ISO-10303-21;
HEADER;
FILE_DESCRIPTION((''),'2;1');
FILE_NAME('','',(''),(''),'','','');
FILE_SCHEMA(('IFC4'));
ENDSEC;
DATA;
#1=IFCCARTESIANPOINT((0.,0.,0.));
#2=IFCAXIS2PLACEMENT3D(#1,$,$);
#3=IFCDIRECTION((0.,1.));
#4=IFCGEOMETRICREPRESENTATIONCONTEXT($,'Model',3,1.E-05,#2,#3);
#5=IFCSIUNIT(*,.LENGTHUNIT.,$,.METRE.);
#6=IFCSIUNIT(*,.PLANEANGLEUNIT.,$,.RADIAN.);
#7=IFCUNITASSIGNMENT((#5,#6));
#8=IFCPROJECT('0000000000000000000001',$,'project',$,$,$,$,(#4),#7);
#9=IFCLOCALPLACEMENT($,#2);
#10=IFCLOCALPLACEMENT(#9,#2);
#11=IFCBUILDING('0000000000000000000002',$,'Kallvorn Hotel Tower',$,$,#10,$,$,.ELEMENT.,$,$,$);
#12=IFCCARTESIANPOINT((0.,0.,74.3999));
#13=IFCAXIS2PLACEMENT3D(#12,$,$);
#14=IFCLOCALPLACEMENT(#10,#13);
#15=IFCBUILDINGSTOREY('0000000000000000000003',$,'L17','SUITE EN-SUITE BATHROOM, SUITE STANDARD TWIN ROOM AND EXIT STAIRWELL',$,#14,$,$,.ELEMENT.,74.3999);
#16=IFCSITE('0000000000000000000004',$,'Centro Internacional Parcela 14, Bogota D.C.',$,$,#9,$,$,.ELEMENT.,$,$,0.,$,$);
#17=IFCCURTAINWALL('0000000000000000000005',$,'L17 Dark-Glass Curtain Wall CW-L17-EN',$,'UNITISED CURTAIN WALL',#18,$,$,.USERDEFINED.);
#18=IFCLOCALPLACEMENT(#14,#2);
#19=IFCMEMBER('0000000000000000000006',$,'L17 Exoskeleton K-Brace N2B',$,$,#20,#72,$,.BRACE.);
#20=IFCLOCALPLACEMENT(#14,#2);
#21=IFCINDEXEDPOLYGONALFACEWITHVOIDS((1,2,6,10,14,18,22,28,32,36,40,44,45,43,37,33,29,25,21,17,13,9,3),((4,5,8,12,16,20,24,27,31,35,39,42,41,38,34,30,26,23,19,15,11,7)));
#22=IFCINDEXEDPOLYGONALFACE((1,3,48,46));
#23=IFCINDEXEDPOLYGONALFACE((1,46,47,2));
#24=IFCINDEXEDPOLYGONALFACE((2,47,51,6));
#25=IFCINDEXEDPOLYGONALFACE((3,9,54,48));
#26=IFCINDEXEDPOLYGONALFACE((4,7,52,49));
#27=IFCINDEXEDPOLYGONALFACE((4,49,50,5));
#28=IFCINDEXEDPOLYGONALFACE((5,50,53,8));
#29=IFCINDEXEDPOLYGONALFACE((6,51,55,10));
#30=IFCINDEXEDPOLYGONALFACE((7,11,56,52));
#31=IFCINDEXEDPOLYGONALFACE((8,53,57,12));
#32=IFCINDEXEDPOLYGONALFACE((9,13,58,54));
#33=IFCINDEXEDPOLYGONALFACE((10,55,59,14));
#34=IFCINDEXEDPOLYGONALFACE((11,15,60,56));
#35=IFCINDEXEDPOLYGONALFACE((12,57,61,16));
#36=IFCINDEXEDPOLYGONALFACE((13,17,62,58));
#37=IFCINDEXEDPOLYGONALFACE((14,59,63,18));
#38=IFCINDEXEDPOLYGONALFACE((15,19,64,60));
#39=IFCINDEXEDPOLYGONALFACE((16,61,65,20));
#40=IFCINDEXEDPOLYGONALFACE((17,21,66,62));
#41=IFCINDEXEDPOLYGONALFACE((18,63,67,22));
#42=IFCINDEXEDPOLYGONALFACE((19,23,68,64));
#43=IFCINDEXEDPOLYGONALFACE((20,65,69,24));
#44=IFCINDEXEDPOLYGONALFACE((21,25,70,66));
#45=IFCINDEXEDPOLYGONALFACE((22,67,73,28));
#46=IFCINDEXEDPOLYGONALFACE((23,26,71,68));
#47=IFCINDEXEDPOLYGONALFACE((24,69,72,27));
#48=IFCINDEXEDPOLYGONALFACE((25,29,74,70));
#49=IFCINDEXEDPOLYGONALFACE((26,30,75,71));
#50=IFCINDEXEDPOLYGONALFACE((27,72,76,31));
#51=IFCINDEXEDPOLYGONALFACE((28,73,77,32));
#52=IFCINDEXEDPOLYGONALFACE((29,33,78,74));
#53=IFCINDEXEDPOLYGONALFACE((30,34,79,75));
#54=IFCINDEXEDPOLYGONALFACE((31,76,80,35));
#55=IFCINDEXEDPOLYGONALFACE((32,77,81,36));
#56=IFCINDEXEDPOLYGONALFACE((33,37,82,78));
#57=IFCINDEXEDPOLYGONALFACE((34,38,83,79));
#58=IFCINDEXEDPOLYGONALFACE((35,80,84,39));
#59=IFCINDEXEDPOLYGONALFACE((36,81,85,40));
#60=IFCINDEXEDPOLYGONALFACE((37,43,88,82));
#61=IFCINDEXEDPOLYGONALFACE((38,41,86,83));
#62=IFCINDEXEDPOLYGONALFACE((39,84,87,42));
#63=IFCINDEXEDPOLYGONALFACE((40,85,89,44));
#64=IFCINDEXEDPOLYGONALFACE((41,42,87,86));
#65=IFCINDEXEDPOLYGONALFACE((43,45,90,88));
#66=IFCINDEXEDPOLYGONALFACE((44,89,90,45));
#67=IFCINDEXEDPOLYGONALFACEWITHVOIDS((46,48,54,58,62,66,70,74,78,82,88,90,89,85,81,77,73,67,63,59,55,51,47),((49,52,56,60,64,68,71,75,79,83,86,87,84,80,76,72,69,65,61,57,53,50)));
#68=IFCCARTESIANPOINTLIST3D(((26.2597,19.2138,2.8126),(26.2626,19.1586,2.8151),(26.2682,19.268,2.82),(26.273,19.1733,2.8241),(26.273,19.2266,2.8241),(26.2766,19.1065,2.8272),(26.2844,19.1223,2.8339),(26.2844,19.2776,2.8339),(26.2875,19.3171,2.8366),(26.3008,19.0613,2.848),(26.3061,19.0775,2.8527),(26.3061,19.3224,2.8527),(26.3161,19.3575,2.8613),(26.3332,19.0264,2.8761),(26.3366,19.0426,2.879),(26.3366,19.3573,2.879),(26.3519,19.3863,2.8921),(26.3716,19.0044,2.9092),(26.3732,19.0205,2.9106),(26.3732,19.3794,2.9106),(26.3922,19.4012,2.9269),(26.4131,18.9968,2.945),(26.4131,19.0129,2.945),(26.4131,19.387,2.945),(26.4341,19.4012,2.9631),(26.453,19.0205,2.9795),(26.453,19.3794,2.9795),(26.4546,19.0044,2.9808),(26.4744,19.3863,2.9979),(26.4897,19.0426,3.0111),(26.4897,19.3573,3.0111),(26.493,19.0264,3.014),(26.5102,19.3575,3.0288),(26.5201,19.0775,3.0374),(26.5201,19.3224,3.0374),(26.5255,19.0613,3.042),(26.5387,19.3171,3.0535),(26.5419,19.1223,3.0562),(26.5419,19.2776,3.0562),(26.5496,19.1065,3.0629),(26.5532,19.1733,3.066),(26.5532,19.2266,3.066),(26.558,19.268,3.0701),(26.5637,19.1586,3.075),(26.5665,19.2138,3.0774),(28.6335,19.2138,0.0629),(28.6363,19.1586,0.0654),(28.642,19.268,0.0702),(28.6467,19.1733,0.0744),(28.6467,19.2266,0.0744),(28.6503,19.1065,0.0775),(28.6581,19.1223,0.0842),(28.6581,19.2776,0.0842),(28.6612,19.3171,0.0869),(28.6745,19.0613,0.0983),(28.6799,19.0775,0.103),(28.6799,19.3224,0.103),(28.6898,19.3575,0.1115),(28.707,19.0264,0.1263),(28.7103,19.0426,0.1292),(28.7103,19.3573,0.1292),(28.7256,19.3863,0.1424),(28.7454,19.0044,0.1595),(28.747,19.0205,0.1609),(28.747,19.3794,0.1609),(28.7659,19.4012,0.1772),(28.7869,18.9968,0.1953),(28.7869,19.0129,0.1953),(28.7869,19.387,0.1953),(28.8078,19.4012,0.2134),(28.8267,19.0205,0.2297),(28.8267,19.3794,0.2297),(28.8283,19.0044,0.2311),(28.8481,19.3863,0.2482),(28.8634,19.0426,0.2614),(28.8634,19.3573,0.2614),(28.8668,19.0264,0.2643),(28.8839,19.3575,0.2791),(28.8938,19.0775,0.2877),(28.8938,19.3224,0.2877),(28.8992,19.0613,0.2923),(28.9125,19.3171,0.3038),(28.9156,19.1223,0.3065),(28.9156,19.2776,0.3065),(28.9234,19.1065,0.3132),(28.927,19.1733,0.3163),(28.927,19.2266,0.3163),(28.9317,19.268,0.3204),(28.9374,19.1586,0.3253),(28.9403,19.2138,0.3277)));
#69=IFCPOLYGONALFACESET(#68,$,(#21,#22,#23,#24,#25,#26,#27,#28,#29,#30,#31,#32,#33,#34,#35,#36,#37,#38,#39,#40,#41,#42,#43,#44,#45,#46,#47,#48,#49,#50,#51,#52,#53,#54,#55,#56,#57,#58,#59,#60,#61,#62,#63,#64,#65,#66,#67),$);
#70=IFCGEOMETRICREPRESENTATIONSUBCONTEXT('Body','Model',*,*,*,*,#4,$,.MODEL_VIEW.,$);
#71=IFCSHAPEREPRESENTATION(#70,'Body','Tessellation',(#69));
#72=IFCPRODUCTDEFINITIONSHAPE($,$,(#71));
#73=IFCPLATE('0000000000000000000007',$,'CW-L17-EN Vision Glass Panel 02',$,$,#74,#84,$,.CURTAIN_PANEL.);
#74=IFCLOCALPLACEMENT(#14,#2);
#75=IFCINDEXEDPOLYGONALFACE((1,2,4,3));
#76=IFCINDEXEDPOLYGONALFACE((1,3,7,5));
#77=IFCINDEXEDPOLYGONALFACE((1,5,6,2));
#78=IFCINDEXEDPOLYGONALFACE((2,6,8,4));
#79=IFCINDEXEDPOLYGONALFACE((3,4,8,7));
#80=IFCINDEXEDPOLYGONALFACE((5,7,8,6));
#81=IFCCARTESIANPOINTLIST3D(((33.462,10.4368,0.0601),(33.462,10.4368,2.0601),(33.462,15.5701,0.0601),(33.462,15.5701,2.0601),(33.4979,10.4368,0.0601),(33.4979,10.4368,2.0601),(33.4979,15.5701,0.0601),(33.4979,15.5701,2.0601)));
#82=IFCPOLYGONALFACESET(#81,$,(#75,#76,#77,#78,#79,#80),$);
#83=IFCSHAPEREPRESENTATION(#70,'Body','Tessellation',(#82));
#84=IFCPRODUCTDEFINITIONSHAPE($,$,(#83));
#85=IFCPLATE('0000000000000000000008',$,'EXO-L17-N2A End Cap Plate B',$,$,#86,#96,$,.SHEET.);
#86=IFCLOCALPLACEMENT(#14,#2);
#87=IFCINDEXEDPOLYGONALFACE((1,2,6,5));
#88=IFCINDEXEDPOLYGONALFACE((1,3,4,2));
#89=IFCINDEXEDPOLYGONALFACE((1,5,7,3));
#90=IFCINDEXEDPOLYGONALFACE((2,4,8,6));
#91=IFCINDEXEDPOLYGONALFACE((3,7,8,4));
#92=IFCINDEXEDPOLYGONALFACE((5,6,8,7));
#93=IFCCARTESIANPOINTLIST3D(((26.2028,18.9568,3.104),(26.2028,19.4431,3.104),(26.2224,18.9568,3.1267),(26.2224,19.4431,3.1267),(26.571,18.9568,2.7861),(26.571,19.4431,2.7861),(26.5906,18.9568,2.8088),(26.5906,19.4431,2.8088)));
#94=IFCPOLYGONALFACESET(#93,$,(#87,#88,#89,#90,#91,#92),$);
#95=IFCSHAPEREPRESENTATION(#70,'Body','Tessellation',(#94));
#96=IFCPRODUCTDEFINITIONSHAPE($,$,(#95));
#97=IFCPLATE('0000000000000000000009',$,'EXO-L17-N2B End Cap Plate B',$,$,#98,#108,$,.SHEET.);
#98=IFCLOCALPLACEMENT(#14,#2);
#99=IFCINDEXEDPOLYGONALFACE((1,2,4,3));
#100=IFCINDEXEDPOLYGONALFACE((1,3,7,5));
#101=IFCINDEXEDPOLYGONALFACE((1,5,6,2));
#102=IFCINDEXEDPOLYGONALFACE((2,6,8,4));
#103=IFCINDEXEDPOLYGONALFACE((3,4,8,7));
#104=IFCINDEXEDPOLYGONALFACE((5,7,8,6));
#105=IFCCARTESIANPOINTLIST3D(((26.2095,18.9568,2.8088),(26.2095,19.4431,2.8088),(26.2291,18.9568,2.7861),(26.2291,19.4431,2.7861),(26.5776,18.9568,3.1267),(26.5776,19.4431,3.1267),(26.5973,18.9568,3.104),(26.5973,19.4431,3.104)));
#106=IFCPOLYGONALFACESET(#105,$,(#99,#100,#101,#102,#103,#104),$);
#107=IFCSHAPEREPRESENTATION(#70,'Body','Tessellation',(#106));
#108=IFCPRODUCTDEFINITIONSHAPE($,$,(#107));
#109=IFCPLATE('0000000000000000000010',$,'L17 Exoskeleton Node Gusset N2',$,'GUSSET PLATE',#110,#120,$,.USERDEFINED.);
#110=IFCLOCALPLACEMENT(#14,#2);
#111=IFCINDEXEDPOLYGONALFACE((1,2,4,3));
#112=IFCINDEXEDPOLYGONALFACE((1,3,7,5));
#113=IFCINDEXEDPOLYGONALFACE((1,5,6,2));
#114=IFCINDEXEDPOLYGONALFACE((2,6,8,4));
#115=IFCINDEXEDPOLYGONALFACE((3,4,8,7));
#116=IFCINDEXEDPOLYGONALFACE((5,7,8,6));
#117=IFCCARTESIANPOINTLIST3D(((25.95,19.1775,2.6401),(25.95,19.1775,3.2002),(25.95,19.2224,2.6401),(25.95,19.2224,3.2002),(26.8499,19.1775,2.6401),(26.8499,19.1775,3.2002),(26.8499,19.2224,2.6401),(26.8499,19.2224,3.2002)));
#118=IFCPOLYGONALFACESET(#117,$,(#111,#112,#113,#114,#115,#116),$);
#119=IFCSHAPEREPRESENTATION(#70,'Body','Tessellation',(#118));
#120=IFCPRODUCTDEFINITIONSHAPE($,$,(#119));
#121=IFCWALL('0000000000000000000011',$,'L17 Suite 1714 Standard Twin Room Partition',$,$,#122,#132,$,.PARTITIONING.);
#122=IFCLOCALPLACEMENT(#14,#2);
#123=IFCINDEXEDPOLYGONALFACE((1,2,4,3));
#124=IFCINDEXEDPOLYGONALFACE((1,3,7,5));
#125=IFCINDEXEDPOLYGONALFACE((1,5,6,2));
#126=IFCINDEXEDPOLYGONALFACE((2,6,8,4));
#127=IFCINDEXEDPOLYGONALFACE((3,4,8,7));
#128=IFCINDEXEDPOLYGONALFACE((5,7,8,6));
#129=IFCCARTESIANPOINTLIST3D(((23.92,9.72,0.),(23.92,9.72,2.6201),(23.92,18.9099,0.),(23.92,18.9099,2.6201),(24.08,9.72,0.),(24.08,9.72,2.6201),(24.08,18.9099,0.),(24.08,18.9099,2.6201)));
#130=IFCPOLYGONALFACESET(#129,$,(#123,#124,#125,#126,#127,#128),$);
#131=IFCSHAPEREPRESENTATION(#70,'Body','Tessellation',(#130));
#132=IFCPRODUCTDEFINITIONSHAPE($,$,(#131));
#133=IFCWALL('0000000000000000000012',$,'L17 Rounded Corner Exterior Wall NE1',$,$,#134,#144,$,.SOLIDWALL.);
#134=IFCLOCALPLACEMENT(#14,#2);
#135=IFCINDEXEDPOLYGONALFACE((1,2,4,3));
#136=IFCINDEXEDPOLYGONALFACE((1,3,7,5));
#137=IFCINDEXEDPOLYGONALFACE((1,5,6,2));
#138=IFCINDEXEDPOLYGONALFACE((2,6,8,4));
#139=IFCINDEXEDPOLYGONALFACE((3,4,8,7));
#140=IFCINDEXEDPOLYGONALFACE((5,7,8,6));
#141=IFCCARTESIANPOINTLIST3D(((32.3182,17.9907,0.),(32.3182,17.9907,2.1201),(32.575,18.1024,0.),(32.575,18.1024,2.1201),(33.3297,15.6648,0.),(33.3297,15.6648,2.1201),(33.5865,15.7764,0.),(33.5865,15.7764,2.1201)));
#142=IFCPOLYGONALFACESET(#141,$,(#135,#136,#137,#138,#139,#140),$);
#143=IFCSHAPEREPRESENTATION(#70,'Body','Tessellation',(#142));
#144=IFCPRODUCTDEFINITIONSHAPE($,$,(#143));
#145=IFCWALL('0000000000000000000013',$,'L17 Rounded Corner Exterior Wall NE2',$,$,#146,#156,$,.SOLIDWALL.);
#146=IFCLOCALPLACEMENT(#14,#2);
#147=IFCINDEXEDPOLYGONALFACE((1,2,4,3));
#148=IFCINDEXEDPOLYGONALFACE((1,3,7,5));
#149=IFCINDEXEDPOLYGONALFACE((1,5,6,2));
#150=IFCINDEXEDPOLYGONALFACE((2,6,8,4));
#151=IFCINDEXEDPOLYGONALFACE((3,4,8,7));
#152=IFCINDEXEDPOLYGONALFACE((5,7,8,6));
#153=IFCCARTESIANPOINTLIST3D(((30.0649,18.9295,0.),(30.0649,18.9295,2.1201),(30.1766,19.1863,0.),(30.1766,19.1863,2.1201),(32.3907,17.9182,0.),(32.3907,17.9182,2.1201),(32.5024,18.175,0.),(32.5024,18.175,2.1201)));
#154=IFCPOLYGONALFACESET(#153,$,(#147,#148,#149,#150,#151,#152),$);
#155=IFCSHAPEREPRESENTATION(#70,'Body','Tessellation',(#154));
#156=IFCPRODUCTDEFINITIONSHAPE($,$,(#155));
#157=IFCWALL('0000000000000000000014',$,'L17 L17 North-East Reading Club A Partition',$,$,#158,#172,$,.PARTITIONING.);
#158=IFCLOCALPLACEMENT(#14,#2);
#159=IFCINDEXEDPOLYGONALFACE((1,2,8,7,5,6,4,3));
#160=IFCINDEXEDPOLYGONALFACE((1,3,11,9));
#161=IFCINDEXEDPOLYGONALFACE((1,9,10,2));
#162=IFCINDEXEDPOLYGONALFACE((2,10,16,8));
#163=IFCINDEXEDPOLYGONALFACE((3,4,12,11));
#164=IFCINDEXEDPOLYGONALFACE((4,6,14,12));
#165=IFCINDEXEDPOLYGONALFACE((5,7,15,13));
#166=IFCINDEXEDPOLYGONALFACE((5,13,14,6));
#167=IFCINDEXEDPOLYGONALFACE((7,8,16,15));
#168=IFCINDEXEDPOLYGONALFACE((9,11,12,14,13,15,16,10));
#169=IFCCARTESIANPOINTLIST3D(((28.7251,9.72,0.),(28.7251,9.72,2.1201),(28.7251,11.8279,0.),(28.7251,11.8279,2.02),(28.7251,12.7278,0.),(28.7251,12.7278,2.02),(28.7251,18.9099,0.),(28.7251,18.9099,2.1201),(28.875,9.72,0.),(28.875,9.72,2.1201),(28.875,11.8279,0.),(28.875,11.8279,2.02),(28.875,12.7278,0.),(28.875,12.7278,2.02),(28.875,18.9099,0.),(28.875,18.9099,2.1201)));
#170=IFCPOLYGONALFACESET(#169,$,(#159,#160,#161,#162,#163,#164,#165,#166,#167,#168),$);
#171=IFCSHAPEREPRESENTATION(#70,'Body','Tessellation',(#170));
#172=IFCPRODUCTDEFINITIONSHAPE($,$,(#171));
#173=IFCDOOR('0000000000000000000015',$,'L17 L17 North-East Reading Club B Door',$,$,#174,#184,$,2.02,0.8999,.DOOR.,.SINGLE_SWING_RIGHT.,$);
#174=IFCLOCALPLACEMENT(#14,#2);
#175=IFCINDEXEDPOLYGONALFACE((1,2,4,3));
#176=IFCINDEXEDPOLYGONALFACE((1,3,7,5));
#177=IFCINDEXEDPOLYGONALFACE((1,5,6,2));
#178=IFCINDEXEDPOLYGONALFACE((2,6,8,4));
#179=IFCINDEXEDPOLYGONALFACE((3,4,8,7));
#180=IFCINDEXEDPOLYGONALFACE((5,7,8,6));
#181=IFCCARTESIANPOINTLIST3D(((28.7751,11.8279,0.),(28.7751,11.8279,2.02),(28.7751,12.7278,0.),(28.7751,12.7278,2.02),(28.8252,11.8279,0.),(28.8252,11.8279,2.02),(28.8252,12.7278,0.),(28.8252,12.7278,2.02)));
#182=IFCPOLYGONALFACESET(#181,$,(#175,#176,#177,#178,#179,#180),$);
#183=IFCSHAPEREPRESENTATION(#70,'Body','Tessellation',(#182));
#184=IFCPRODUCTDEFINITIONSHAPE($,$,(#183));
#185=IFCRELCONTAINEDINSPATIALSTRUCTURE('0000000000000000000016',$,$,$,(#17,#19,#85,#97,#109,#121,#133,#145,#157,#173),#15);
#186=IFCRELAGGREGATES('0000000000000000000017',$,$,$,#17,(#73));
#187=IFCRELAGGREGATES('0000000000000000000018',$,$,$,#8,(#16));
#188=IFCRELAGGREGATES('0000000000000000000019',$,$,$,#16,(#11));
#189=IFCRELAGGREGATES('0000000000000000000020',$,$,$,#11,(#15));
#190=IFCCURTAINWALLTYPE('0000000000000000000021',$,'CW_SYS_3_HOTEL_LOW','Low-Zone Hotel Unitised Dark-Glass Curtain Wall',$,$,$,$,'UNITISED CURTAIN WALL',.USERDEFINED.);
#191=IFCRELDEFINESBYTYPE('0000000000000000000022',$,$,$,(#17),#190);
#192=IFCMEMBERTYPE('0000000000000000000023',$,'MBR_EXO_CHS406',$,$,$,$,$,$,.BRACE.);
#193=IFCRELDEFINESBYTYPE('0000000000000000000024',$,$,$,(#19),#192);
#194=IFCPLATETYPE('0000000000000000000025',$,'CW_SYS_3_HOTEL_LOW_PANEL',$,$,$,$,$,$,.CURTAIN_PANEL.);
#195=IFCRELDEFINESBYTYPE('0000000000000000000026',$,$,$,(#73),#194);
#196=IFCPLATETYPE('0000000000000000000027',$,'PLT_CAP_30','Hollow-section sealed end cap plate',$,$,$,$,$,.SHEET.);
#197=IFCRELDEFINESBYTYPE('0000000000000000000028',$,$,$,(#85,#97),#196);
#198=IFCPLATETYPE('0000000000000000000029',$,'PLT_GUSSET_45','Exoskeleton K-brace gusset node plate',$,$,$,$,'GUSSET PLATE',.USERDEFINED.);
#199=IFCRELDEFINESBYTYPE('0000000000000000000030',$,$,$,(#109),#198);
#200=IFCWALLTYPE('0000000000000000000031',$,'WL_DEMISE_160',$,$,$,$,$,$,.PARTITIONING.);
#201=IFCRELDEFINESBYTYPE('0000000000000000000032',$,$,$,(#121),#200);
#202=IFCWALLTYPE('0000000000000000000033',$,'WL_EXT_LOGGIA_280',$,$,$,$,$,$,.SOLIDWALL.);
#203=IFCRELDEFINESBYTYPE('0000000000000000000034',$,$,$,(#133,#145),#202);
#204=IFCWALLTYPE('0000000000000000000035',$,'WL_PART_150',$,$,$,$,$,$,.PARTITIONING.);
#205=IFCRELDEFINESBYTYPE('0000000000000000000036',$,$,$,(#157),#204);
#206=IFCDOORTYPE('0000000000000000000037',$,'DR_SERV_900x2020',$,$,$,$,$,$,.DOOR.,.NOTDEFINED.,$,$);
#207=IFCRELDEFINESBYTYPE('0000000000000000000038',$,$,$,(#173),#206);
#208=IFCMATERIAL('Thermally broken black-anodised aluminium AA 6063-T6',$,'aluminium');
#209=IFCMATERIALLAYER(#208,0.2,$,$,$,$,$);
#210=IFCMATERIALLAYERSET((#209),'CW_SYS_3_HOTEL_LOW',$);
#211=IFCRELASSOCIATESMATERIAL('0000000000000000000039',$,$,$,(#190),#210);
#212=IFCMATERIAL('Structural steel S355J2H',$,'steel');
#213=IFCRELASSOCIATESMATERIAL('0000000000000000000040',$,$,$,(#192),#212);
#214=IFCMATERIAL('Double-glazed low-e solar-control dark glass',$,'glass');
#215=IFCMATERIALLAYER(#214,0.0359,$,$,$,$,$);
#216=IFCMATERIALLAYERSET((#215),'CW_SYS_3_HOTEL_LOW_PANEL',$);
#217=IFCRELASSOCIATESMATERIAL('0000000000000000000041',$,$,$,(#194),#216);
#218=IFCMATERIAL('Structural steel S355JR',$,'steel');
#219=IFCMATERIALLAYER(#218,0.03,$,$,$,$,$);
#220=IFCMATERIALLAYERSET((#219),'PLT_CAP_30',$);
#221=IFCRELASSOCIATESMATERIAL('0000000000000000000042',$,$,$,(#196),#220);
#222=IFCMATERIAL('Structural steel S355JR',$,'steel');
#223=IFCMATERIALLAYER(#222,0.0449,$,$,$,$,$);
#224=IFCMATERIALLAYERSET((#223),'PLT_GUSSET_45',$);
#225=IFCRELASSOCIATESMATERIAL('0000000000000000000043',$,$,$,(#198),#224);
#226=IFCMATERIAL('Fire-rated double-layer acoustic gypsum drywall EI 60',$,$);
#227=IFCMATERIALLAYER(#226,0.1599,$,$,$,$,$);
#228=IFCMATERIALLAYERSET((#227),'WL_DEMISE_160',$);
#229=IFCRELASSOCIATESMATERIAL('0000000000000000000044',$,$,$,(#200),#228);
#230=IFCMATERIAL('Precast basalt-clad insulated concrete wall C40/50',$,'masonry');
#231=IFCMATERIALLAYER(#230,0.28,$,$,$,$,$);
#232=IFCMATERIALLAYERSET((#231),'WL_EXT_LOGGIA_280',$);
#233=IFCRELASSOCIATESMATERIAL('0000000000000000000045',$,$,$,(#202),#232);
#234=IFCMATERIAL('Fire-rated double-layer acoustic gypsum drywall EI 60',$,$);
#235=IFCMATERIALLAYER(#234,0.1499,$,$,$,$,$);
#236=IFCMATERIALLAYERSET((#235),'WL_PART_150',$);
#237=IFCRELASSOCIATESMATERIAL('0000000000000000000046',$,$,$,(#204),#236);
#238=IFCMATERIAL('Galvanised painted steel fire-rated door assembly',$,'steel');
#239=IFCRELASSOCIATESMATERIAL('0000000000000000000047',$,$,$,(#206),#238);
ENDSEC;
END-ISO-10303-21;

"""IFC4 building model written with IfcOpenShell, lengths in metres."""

from ifc_helpers import new_model, si_unit, direction, frame, frame_2d, origin, origin_2d, place, context, subcontext, project, spatial, polyline, rectangle, hollow_circle, outline, extrude, material, layer, layer_set, material_profile, profile_set, type_object, element, fill, aggregate, save


model = new_model("IFC4")

# Units and contexts
model_context = context("Model", 3, precision=1e-05, world=origin(), true_north=direction((0.0, 1.0)))
body_context = subcontext(model_context, "Body", "Model", "MODEL_VIEW")
ifc_project = project(units=[si_unit("LENGTHUNIT", "METRE"), si_unit("PLANEANGLEUNIT", "RADIAN")], contexts=[model_context])

# Site, building, storey
site_placement = place(None, origin())
site = spatial("IfcSite", under=ifc_project, at=site_placement, Name="Centro Internacional Parcela 14, Bogota D.C.", CompositionType="ELEMENT", RefElevation=0.0)
building_placement = place(site_placement, origin())
building = spatial("IfcBuilding", under=site, at=building_placement, Name="Kallvorn Hotel Tower", CompositionType="ELEMENT")
storey_placement = place(building_placement, frame((0.0, 0.0, 74.3999)))
storey = spatial("IfcBuildingStorey", under=building, at=storey_placement, Name="L17", Description="SUITE EN-SUITE BATHROOM, SUITE STANDARD TWIN ROOM AND EXIT STAIRWELL", CompositionType="ELEMENT", Elevation=74.3999)

# Curtain wall
ifc_material_1 = material(Name="Thermally broken black-anodised aluminium AA 6063-T6", Category="aluminium")
ifc_layer_1 = layer(ifc_material_1, 0.2)
ifc_layer_set_1 = layer_set([ifc_layer_1], Name="CW_SYS_3_HOTEL_LOW")
curtain_wall_type = type_object("IfcCurtainWallType", Name="CW_SYS_3_HOTEL_LOW", Description="Low-Zone Hotel Unitised Dark-Glass Curtain Wall", ElementType="UNITISED CURTAIN WALL", PredefinedType="USERDEFINED", material=ifc_layer_set_1)
curtain_wall_placement = place(storey_placement, origin())
curtain_wall = element("IfcCurtainWall", 1, at=curtain_wall_placement, inside=storey, type_object=curtain_wall_type, Name="L17 Dark-Glass Curtain Wall CW-L17-EN", ObjectType="UNITISED CURTAIN WALL", PredefinedType="USERDEFINED")

# Member
ifc_material_2 = material(Name="Structural steel S355J2H", Category="steel")
ifc_material_profile_1 = material_profile(ifc_material_2, hollow_circle(Radius=0.2031, WallThickness=0.0161, at=origin_2d()), Name="CHS 406.4x16")
ifc_profile_set_1 = profile_set([ifc_material_profile_1], Name="Structural steel S355J2H")
member_type_1 = type_object("IfcMemberType", Name="MBR_EXO_CHS406", PredefinedType="BRACE", material=ifc_profile_set_1)
for number, where, z_axis, x_axis, name in (
    (2, (28.7869, 19.2, 0.1953), (-0.653461, 0.0, 0.756961), (0.0, -1.0, 0.0), "L17 Exoskeleton K-Brace N2B"),
):
    element("IfcMember", number, at=place(storey_placement, frame(where, z_axis=z_axis, x_axis=x_axis)), inside=storey, type_object=member_type_1, Name=name, PredefinedType="BRACE", context=body_context, shape_type="SweptSolid", body=[
        extrude(hollow_circle(Radius=0.2031, WallThickness=0.0161, at=origin_2d()), origin(), (0.0, 0.0, 1.0), 3.6326),
    ])

# Plate
ifc_material_3 = material(Name="Double-glazed low-e solar-control dark glass", Category="glass")
ifc_layer_2 = layer(ifc_material_3, 0.0359)
ifc_layer_set_2 = layer_set([ifc_layer_2], Name="CW_SYS_3_HOTEL_LOW_PANEL")
plate_type_1 = type_object("IfcPlateType", Name="CW_SYS_3_HOTEL_LOW_PANEL", PredefinedType="CURTAIN_PANEL", material=ifc_layer_set_2)
plate_1_placement = place(storey_placement, frame((33.48, 13.0034, 0.0601), z_axis=(0.0, 0.0, 1.0), x_axis=(0.0, 1.0, 0.0)))
plate_1 = element("IfcPlate", 3, at=plate_1_placement, type_object=plate_type_1, Name="CW-L17-EN Vision Glass Panel 02", PredefinedType="CURTAIN_PANEL", context=body_context, shape_type="SweptSolid", body=[
    extrude(rectangle(XDim=5.1333, YDim=0.0359, at=origin_2d()), origin(), (0.0, 0.0, 1.0), 2.0),
])
aggregate(curtain_wall, [plate_1])

# Plates
ifc_material_4 = material(Name="Structural steel S355JR", Category="steel")
ifc_layer_3 = layer(ifc_material_4, 0.03)
ifc_layer_set_3 = layer_set([ifc_layer_3], Name="PLT_CAP_30")
plate_type_2 = type_object("IfcPlateType", Name="PLT_CAP_30", Description="Hollow-section sealed end cap plate", PredefinedType="SHEET", material=ifc_layer_set_3)
for number, where, z_axis, x_axis, name in (
    (4, (26.5906, 18.9568, 2.8088), (0.653515, 0.0, 0.756913), (0.0, 1.0, 0.0), "EXO-L17-N2A End Cap Plate B"),
    (5, (26.2095, 19.4431, 2.8088), (-0.653515, 0.0, 0.756913), (0.0, -1.0, 0.0), "EXO-L17-N2B End Cap Plate B"),
):
    element("IfcPlate", number, at=place(storey_placement, frame(where, z_axis=z_axis, x_axis=x_axis)), inside=storey, type_object=plate_type_2, Name=name, PredefinedType="SHEET", context=body_context, shape_type="SweptSolid", body=[
        extrude(outline(polyline([(0.0, 0.0), (0.4863, 0.0), (0.4863, 0.4864), (0.0, 0.4864), (0.0, 0.0)])), origin(), (0.0, 0.0, -1.0), 0.03),
    ])
ifc_material_5 = material(Name="Structural steel S355JR", Category="steel")
ifc_layer_4 = layer(ifc_material_5, 0.0449)
ifc_layer_set_4 = layer_set([ifc_layer_4], Name="PLT_GUSSET_45")
plate_type_3 = type_object("IfcPlateType", Name="PLT_GUSSET_45", Description="Exoskeleton K-brace gusset node plate", ElementType="GUSSET PLATE", PredefinedType="USERDEFINED", material=ifc_layer_set_4)
plate_2_placement = place(storey_placement, frame((26.3999, 19.2, 2.6401), z_axis=(0.0, 0.0, 1.0), x_axis=(1.0, 0.0, 0.0)))
element("IfcPlate", 6, at=plate_2_placement, inside=storey, type_object=plate_type_3, Name="L17 Exoskeleton Node Gusset N2", ObjectType="GUSSET PLATE", PredefinedType="USERDEFINED", context=body_context, shape_type="SweptSolid", body=[
    extrude(rectangle(XDim=0.8999, YDim=0.0449, at=origin_2d()), origin(), (0.0, 0.0, 1.0), 0.5601),
])

# Walls
ifc_material_6 = material(Name="Fire-rated double-layer acoustic gypsum drywall EI 60")
ifc_layer_5 = layer(ifc_material_6, 0.1599)
ifc_layer_set_5 = layer_set([ifc_layer_5], Name="WL_DEMISE_160")
wall_type_1 = type_object("IfcWallType", Name="WL_DEMISE_160", PredefinedType="PARTITIONING", material=ifc_layer_set_5)
wall_1_placement = place(storey_placement, frame((24.0, 9.72, 0.0), z_axis=(0.0, 0.0, 1.0), x_axis=(0.0, 1.0, 0.0)))
element("IfcWall", 7, at=wall_1_placement, inside=storey, type_object=wall_type_1, Name="L17 Suite 1714 Standard Twin Room Partition", PredefinedType="PARTITIONING", context=body_context, shape_type="SweptSolid", body=[
    extrude(rectangle(XDim=9.1899, YDim=0.1599, at=frame_2d((4.595, 0.0))), origin(), (0.0, 0.0, 1.0), 2.6201),
])
ifc_material_7 = material(Name="Precast basalt-clad insulated concrete wall C40/50", Category="masonry")
ifc_layer_6 = layer(ifc_material_7, 0.28)
ifc_layer_set_6 = layer_set([ifc_layer_6], Name="WL_EXT_LOGGIA_280")
wall_type_2 = type_object("IfcWallType", Name="WL_EXT_LOGGIA_280", PredefinedType="SOLIDWALL", material=ifc_layer_set_6)
wall_2_placement = place(storey_placement, frame((33.458, 15.7207, 0.0), z_axis=(0.0, 0.0, 1.0), x_axis=(-0.398793, 0.917041, 0.0)))
element("IfcWall", 8, at=wall_2_placement, inside=storey, type_object=wall_type_2, Name="L17 Rounded Corner Exterior Wall NE1", PredefinedType="SOLIDWALL", context=body_context, shape_type="SweptSolid", body=[
    extrude(rectangle(XDim=2.5364, YDim=0.28, at=frame_2d((1.2681, 0.0))), origin(), (0.0, 0.0, 1.0), 2.1201),
])
wall_3_placement = place(storey_placement, frame((32.4465, 18.0466, 0.0), z_axis=(0.0, 0.0, 1.0), x_axis=(-0.917061, 0.398747, 0.0)))
element("IfcWall", 9, at=wall_3_placement, inside=storey, type_object=wall_type_2, Name="L17 Rounded Corner Exterior Wall NE2", PredefinedType="SOLIDWALL", context=body_context, shape_type="SweptSolid", body=[
    extrude(rectangle(XDim=2.5361, YDim=0.28, at=frame_2d((1.2681, 0.0))), origin(), (0.0, 0.0, 1.0), 2.1201),
])

# Wall, opening, door
ifc_material_8 = material(Name="Fire-rated double-layer acoustic gypsum drywall EI 60")
ifc_layer_7 = layer(ifc_material_8, 0.1499)
ifc_layer_set_7 = layer_set([ifc_layer_7], Name="WL_PART_150")
wall_type_3 = type_object("IfcWallType", Name="WL_PART_150", PredefinedType="PARTITIONING", material=ifc_layer_set_7)
wall_4_placement = place(storey_placement, frame((28.8, 9.72, 0.0), z_axis=(0.0, 0.0, 1.0), x_axis=(0.0, 1.0, 0.0)))
wall_4 = element("IfcWall", 10, at=wall_4_placement, inside=storey, type_object=wall_type_3, Name="L17 L17 North-East Reading Club A Partition", PredefinedType="PARTITIONING", context=body_context, shape_type="SweptSolid", body=[
    extrude(rectangle(XDim=9.1899, YDim=0.1499, at=frame_2d((4.595, 0.0))), origin(), (0.0, 0.0, 1.0), 2.1201),
])
opening_placement = place(wall_4_placement, frame((2.1079, 0.0, 0.0)))
opening = element("IfcOpeningElement", 11, at=opening_placement, cuts=wall_4, PredefinedType="OPENING", context=body_context, shape_type="SweptSolid", body=[
    extrude(rectangle(XDim=0.8999, YDim=2.02, at=frame_2d((0.45, 1.01))), frame((0.0, 0.0898, 0.0), z_axis=(0.0, -1.0, 0.0), x_axis=(1.0, 0.0, 0.0)), (0.0, 0.0, 1.0), 0.1799),
])
ifc_material_9 = material(Name="Galvanised painted steel fire-rated door assembly", Category="steel")
door_type = type_object("IfcDoorType", Name="DR_SERV_900x2020", OperationType="NOTDEFINED", PredefinedType="DOOR", material=ifc_material_9)
door_placement = place(opening_placement, origin())
door = element("IfcDoor", 12, at=door_placement, inside=storey, type_object=door_type, Name="L17 L17 North-East Reading Club B Door", OperationType="SINGLE_SWING_RIGHT", OverallHeight=2.02, OverallWidth=0.8999, PredefinedType="DOOR", context=body_context, shape_type="SweptSolid", body=[
    extrude(rectangle(XDim=0.8999, YDim=2.02, at=frame_2d((0.45, 1.01))), frame((0.0, 0.0249, 0.0), z_axis=(0.0, -1.0, 0.0), x_axis=(1.0, 0.0, 0.0)), (0.0, 0.0, 1.0), 0.05),
])
fill(opening, door)

save(model, "model.ifc")
